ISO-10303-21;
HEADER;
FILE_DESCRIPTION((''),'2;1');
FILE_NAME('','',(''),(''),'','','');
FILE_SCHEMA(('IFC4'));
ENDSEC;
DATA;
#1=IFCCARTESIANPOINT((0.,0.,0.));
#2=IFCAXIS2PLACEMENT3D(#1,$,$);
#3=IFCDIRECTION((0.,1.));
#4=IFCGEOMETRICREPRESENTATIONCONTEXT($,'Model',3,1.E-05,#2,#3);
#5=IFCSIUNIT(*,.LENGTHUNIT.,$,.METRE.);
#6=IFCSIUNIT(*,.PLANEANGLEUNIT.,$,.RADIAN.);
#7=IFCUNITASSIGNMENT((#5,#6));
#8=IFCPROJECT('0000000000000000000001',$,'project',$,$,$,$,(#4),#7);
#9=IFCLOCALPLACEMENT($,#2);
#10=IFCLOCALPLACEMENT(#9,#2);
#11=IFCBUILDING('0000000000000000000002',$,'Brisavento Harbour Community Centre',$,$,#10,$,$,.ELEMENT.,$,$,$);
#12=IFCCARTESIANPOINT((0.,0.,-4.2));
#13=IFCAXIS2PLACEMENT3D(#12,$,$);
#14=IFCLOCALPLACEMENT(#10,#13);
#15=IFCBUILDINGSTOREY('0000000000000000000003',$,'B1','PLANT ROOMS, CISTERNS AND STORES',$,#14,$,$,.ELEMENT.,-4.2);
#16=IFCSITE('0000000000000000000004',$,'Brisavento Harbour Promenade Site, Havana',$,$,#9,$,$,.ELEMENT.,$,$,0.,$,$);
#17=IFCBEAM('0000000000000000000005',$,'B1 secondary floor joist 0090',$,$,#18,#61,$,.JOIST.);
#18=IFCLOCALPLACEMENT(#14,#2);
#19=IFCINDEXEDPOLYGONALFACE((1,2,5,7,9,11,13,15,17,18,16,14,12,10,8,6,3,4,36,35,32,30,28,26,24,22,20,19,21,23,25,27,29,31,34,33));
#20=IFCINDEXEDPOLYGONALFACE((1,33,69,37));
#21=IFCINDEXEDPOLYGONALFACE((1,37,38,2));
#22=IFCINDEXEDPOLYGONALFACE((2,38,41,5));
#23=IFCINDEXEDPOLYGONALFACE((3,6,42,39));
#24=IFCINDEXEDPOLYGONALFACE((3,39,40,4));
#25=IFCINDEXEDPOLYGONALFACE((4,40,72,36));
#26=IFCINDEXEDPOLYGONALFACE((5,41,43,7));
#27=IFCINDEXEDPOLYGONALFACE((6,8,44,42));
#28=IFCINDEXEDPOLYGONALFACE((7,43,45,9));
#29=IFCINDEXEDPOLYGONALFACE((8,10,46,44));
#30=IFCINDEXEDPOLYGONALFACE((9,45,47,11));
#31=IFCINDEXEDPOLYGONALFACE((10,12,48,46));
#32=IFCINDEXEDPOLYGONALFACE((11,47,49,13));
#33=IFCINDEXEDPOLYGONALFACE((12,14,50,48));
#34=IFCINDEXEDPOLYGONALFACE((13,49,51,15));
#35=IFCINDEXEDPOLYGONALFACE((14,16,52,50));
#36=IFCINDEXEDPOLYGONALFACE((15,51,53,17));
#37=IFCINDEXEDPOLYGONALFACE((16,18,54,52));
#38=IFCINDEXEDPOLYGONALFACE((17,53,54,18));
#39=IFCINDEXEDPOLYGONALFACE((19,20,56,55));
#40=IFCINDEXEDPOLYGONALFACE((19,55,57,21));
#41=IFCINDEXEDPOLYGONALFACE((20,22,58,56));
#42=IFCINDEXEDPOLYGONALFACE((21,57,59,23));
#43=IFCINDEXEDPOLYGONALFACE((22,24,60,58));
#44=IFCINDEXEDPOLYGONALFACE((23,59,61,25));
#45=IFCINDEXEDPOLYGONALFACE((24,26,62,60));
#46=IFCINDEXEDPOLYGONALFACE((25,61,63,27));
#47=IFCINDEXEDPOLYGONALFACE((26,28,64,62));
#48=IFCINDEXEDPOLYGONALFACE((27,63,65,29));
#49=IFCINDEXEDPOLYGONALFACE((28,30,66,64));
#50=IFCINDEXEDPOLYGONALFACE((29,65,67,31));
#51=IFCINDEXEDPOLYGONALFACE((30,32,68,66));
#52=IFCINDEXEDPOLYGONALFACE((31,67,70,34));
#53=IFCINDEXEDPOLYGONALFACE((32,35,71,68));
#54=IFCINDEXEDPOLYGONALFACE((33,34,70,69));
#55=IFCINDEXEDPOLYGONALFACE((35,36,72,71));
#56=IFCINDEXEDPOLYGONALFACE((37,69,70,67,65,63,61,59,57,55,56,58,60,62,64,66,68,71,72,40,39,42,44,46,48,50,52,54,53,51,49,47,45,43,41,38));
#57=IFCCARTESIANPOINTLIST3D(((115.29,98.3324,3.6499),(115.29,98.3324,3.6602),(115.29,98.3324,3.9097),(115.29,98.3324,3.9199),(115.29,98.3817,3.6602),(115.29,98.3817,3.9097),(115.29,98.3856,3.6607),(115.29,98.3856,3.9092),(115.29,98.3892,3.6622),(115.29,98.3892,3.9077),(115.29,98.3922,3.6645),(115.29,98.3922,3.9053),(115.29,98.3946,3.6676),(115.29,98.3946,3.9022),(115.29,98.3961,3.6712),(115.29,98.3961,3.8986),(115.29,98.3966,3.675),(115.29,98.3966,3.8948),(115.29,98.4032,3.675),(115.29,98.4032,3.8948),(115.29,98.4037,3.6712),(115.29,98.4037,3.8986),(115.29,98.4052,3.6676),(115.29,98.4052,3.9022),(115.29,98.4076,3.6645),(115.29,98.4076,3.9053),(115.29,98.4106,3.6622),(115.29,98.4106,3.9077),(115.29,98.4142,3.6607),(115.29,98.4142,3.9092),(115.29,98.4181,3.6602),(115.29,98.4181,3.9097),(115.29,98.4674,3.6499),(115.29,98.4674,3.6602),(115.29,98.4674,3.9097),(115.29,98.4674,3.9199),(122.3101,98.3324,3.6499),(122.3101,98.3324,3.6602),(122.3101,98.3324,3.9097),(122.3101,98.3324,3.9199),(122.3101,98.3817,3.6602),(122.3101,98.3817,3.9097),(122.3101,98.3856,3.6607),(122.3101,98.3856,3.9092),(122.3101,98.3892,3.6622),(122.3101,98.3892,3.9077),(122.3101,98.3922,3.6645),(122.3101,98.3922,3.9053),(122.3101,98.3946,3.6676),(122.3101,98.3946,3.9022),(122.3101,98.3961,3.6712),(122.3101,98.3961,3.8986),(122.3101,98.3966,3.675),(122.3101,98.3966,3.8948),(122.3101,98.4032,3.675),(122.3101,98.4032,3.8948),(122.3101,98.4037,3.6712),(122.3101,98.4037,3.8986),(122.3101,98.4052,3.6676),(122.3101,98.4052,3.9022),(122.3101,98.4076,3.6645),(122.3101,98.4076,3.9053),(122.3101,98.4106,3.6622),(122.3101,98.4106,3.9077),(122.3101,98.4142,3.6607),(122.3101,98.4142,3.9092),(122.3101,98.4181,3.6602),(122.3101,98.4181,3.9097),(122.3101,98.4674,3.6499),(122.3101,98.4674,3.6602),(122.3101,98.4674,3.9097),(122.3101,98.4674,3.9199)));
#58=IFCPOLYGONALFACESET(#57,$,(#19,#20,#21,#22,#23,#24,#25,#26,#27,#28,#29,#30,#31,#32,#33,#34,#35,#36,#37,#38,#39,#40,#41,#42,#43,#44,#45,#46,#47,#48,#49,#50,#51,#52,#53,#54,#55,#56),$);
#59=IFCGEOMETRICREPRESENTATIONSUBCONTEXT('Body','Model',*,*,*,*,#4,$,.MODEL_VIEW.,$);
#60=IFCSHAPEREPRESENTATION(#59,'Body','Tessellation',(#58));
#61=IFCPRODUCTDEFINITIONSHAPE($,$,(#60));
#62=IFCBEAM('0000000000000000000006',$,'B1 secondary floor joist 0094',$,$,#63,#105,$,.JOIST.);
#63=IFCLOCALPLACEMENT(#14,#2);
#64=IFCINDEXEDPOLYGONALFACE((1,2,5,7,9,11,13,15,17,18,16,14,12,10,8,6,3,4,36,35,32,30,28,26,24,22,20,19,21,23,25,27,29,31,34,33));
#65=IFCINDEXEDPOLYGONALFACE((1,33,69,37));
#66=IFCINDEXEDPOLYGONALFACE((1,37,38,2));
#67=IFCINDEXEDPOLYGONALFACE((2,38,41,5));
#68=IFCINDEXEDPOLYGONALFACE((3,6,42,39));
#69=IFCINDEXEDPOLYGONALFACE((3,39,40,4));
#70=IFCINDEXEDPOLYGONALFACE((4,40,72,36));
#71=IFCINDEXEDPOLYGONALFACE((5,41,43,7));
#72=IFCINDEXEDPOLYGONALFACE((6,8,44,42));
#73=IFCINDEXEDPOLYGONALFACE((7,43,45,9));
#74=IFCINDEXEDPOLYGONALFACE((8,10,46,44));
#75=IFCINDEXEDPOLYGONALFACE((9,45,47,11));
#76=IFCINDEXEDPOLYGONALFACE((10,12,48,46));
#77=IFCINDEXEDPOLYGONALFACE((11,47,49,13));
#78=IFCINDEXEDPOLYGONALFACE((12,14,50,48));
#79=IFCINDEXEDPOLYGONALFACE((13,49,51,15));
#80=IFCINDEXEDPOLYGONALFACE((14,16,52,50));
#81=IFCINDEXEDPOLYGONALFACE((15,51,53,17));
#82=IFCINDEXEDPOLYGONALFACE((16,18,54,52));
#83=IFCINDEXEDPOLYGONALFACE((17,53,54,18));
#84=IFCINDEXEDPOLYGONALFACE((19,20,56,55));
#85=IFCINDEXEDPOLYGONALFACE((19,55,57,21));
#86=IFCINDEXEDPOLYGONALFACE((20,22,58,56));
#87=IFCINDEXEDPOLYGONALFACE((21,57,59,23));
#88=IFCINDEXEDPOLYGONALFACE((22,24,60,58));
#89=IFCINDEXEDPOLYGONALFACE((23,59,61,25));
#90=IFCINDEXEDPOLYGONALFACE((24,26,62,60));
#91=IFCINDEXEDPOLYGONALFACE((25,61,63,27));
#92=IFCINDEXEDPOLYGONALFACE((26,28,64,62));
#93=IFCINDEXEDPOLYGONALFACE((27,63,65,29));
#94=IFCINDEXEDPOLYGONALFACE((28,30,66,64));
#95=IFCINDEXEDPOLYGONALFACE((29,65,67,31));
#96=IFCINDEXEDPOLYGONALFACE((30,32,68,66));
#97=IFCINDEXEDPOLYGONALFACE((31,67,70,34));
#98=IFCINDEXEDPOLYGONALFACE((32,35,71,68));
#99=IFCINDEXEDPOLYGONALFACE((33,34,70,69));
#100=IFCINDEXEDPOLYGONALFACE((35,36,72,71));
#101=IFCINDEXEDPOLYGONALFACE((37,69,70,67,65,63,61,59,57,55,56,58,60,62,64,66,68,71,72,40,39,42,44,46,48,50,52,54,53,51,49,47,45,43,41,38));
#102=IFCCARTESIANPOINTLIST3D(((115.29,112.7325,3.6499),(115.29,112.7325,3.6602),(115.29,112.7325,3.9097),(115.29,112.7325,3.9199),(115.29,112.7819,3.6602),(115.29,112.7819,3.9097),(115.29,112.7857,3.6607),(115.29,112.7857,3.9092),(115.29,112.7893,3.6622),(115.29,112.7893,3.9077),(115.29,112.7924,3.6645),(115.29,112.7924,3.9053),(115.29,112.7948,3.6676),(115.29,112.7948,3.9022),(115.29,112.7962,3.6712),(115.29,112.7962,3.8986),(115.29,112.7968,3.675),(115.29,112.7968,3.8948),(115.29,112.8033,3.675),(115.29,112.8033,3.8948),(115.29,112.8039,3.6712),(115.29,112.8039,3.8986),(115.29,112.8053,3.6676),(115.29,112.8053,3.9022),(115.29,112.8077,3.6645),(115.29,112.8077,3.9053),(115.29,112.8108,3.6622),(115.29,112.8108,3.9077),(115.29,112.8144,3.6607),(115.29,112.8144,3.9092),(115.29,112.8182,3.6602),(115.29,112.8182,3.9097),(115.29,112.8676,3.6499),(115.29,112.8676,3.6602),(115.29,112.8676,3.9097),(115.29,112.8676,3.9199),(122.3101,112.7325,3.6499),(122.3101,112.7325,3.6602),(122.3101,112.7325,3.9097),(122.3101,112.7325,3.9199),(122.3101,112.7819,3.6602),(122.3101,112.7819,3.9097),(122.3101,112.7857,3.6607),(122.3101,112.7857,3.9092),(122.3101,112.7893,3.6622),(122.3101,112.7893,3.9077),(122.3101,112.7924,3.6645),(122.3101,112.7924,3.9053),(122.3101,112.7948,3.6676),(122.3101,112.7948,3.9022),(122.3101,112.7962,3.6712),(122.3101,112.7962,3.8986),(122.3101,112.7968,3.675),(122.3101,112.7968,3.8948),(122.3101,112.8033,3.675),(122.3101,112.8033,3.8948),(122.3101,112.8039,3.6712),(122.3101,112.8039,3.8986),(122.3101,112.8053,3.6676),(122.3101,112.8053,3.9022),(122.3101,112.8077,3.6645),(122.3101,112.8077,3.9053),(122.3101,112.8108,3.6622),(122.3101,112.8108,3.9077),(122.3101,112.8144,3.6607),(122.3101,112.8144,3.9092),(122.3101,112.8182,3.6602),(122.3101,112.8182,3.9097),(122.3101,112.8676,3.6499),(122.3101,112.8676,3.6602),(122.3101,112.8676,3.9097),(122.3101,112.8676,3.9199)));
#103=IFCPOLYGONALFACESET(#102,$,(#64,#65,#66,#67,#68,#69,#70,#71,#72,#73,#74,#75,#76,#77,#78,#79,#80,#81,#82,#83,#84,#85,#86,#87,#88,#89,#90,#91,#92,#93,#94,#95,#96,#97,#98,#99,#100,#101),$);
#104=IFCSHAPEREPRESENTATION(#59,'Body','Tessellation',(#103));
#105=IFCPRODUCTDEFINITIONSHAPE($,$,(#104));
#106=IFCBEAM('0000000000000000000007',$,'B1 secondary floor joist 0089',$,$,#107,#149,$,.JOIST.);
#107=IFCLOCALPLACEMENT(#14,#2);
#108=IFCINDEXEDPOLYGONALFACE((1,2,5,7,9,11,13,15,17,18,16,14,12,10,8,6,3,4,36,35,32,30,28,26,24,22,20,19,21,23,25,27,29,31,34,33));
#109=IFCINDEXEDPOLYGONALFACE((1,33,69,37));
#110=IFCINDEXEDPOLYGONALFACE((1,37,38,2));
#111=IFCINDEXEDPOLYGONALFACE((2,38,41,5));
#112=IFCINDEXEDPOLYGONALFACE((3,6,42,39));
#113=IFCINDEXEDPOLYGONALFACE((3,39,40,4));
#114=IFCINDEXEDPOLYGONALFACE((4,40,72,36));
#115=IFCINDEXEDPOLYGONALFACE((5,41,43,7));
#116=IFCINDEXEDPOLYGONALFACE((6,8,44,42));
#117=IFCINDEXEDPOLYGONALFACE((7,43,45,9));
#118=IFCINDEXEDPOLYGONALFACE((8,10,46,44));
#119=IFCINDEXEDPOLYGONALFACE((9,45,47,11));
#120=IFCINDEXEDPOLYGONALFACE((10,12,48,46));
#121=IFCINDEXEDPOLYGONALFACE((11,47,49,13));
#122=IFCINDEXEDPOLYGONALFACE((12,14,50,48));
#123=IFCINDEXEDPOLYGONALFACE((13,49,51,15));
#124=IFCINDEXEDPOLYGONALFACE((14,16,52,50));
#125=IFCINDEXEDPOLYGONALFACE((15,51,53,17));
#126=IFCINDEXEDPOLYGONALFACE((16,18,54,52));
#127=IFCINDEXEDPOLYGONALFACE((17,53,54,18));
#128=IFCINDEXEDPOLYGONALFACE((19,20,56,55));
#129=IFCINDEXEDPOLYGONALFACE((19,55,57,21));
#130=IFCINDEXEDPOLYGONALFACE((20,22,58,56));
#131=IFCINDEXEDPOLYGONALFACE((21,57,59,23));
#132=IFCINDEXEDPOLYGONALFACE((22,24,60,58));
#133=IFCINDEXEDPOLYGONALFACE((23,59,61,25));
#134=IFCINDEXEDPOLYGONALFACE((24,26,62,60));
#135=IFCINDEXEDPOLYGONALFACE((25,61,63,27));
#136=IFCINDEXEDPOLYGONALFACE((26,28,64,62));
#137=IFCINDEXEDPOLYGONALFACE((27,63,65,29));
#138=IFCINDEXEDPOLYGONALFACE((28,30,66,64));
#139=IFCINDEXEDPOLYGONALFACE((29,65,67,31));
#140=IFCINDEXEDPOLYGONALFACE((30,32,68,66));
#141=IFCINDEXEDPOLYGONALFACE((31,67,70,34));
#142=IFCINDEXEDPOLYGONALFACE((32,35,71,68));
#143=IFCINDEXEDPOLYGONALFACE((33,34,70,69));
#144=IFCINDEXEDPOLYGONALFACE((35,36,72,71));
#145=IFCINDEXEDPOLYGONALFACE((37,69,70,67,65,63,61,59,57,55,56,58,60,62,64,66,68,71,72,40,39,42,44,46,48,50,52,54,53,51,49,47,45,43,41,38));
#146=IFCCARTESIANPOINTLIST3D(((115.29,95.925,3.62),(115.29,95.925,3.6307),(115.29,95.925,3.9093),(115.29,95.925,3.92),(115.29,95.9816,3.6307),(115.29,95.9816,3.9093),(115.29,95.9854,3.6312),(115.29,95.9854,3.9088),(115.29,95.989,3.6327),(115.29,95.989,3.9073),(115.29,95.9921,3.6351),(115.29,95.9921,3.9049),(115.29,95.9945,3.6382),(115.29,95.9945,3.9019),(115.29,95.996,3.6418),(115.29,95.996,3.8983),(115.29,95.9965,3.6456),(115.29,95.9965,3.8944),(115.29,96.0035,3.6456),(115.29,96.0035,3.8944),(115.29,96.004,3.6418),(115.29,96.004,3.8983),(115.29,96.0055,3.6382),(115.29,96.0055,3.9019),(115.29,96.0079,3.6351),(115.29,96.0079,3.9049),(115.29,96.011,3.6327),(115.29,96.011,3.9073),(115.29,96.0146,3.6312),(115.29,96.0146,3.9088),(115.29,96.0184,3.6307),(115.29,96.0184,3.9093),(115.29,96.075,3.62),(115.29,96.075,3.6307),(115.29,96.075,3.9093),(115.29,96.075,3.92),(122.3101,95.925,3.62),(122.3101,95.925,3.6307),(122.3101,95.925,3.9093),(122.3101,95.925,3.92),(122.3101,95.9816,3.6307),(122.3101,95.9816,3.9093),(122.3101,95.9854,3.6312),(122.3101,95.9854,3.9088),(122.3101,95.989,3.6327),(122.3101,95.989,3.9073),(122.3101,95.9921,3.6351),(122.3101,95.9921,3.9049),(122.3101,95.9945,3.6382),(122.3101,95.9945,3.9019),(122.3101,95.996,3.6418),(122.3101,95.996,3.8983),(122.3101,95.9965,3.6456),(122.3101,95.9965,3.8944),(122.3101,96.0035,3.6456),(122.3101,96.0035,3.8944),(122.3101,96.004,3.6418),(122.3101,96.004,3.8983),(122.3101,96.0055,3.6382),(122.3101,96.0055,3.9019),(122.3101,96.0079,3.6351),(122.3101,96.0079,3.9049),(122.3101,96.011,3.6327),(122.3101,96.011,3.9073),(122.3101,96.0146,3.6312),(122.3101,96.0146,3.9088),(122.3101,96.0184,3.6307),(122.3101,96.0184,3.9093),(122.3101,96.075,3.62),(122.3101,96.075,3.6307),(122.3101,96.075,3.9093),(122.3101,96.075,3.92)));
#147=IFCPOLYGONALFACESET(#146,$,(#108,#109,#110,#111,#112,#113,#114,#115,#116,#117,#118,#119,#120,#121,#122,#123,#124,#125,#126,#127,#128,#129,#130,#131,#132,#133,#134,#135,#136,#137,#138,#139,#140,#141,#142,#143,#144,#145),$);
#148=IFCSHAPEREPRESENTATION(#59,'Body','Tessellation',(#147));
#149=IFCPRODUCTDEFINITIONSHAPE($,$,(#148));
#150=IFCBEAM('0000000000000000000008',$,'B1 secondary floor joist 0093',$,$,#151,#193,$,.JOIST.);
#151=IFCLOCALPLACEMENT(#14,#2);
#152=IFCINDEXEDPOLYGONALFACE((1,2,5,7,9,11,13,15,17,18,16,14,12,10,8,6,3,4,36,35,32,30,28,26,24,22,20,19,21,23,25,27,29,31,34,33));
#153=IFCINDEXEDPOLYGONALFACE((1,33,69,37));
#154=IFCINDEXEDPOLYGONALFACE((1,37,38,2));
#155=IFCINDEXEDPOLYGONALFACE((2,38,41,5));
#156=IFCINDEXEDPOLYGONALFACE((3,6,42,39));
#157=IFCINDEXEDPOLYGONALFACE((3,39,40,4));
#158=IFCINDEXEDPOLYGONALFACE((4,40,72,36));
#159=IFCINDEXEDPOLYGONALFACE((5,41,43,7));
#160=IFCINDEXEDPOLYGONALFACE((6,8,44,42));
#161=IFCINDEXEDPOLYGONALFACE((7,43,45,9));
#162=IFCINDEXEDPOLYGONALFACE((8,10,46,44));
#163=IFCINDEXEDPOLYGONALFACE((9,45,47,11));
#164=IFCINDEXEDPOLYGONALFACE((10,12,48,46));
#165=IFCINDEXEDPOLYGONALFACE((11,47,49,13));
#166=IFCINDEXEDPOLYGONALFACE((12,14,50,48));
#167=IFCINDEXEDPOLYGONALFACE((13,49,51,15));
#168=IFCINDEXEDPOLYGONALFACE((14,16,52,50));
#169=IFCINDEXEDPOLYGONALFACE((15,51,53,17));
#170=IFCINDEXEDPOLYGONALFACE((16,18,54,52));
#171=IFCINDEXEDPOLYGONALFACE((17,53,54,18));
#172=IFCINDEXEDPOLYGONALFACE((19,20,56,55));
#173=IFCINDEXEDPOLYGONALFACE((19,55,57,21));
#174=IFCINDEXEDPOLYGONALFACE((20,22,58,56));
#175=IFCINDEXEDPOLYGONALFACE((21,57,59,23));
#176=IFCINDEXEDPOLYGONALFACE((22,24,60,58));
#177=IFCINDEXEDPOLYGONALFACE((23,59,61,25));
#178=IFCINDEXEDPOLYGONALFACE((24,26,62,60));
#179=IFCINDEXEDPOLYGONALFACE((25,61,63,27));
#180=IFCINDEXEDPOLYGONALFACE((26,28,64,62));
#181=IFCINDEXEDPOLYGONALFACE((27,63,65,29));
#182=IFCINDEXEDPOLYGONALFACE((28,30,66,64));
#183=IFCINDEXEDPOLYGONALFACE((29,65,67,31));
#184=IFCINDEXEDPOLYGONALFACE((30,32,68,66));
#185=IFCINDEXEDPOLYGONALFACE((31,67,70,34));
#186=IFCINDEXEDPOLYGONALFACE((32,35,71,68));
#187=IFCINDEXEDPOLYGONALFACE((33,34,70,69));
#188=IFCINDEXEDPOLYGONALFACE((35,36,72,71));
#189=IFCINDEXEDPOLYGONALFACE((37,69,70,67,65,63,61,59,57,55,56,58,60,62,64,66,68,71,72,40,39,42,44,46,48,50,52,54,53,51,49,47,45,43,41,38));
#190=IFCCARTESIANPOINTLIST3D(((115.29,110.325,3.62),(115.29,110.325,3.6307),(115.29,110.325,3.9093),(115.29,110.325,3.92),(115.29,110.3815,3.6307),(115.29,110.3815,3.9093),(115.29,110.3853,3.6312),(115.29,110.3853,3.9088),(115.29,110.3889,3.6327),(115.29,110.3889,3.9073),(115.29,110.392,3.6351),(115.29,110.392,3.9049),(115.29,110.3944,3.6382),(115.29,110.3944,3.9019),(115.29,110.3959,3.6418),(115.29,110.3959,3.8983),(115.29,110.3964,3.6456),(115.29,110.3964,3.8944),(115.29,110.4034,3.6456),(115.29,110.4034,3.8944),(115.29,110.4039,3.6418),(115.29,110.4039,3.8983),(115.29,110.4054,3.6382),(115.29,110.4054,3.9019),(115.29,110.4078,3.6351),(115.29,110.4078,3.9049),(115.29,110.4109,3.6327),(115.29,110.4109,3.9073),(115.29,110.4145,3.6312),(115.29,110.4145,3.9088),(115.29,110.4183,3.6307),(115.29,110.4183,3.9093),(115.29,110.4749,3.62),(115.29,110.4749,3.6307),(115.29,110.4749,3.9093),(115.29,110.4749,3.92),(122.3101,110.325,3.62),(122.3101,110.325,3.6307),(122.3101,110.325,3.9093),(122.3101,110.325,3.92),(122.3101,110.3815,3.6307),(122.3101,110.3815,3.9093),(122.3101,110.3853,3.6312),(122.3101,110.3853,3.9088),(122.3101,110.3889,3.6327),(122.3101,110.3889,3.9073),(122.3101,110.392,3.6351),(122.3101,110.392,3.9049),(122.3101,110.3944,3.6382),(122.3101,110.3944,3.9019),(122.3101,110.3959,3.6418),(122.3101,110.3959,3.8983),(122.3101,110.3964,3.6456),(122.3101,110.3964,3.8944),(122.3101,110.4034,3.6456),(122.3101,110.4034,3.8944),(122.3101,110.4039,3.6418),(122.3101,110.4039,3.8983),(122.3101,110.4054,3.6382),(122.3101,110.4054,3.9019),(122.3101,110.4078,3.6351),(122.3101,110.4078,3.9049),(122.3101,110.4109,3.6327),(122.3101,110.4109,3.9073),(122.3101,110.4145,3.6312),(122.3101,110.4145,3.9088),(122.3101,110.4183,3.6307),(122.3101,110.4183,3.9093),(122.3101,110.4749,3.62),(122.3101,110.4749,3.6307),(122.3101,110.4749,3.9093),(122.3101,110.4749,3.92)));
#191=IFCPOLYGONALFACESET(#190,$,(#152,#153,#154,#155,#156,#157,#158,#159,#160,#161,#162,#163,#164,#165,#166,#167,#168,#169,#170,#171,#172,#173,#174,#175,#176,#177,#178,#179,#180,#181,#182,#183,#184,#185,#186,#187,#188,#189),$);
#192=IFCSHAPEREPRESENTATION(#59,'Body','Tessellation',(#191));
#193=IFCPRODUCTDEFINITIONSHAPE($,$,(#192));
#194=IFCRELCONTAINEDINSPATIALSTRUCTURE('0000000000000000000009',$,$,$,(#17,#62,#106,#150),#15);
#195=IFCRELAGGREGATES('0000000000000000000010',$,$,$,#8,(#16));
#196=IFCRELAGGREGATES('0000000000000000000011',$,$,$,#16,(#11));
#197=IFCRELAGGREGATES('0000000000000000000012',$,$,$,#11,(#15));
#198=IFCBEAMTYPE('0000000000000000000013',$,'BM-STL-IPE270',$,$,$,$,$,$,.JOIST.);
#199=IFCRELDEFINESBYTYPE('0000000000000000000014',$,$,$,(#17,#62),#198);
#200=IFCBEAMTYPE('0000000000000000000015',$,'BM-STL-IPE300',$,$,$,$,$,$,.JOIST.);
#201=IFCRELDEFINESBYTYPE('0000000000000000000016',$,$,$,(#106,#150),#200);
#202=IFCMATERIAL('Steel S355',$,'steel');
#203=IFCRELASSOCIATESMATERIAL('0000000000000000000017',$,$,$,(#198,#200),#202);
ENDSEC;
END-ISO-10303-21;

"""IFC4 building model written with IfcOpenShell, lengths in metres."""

from ifc_helpers import new_model, si_unit, direction, frame, origin, origin_2d, place, context, subcontext, project, spatial, i_section, extrude, material, material_profile, profile_set, type_object, element, save


model = new_model("IFC4")

# Units and contexts
model_context = context("Model", 3, precision=1e-05, world=origin(), true_north=direction((0.0, 1.0)))
body_context = subcontext(model_context, "Body", "Model", "MODEL_VIEW")
ifc_project = project(units=[si_unit("LENGTHUNIT", "METRE"), si_unit("PLANEANGLEUNIT", "RADIAN")], contexts=[model_context])

# Site, building, storey
site_placement = place(None, origin())
site = spatial("IfcSite", under=ifc_project, at=site_placement, Name="Brisavento Harbour Promenade Site, Havana", CompositionType="ELEMENT", RefElevation=0.0)
building_placement = place(site_placement, origin())
building = spatial("IfcBuilding", under=site, at=building_placement, Name="Brisavento Harbour Community Centre", CompositionType="ELEMENT")
storey_placement = place(building_placement, frame((0.0, 0.0, -4.2)))
storey = spatial("IfcBuildingStorey", under=building, at=storey_placement, Name="B1", Description="PLANT ROOMS, CISTERNS AND STORES", CompositionType="ELEMENT", Elevation=-4.2)

# Beams
ifc_material_1 = material(Name="Steel S355", Category="steel")
ifc_material_profile_1 = material_profile(ifc_material_1, i_section(OverallWidth=0.135, OverallDepth=0.27, WebThickness=0.0066, FlangeThickness=0.0103, FilletRadius=0.0149, at=origin_2d()), Name="Steel S355")
ifc_profile_set_1 = profile_set([ifc_material_profile_1], Name="Steel S355")
beam_type_1 = type_object("IfcBeamType", Name="BM-STL-IPE270", PredefinedType="JOIST", material=ifc_profile_set_1)
for number, where, z_axis, x_axis, name in (
    (1, (115.29, 98.3999, 3.7849), (1.0, 0.0, 0.0), (0.0, 1.0, 0.0), "B1 secondary floor joist 0090"),
    (2, (115.29, 112.8, 3.7849), (1.0, 0.0, 0.0), (0.0, 1.0, 0.0), "B1 secondary floor joist 0094"),
):
    element("IfcBeam", number, at=place(storey_placement, frame(where, z_axis=z_axis, x_axis=x_axis)), inside=storey, type_object=beam_type_1, Name=name, PredefinedType="JOIST", context=body_context, shape_type="SweptSolid", body=[
        extrude(i_section(OverallWidth=0.135, OverallDepth=0.27, WebThickness=0.0066, FlangeThickness=0.0103, FilletRadius=0.0149, at=origin_2d()), origin(), (0.0, 0.0, 1.0), 7.02),
    ])
ifc_material_profile_2 = material_profile(ifc_material_1, i_section(OverallWidth=0.1499, OverallDepth=0.3, WebThickness=0.0071, FlangeThickness=0.0107, FilletRadius=0.0149, at=origin_2d()), Name="Steel S355")
ifc_profile_set_2 = profile_set([ifc_material_profile_2], Name="Steel S355")
beam_type_2 = type_object("IfcBeamType", Name="BM-STL-IPE300", PredefinedType="JOIST", material=ifc_profile_set_2)
for number, where, z_axis, x_axis, name in (
    (3, (115.29, 96.0, 3.77), (1.0, 0.0, 0.0), (0.0, 1.0, 0.0), "B1 secondary floor joist 0089"),
    (4, (115.29, 110.3999, 3.77), (1.0, 0.0, 0.0), (0.0, 1.0, 0.0), "B1 secondary floor joist 0093"),
):
    element("IfcBeam", number, at=place(storey_placement, frame(where, z_axis=z_axis, x_axis=x_axis)), inside=storey, type_object=beam_type_2, Name=name, PredefinedType="JOIST", context=body_context, shape_type="SweptSolid", body=[
        extrude(i_section(OverallWidth=0.1499, OverallDepth=0.3, WebThickness=0.0071, FlangeThickness=0.0107, FilletRadius=0.0149, at=origin_2d()), origin(), (0.0, 0.0, 1.0), 7.02),
    ])

save(model, "model.ifc")
